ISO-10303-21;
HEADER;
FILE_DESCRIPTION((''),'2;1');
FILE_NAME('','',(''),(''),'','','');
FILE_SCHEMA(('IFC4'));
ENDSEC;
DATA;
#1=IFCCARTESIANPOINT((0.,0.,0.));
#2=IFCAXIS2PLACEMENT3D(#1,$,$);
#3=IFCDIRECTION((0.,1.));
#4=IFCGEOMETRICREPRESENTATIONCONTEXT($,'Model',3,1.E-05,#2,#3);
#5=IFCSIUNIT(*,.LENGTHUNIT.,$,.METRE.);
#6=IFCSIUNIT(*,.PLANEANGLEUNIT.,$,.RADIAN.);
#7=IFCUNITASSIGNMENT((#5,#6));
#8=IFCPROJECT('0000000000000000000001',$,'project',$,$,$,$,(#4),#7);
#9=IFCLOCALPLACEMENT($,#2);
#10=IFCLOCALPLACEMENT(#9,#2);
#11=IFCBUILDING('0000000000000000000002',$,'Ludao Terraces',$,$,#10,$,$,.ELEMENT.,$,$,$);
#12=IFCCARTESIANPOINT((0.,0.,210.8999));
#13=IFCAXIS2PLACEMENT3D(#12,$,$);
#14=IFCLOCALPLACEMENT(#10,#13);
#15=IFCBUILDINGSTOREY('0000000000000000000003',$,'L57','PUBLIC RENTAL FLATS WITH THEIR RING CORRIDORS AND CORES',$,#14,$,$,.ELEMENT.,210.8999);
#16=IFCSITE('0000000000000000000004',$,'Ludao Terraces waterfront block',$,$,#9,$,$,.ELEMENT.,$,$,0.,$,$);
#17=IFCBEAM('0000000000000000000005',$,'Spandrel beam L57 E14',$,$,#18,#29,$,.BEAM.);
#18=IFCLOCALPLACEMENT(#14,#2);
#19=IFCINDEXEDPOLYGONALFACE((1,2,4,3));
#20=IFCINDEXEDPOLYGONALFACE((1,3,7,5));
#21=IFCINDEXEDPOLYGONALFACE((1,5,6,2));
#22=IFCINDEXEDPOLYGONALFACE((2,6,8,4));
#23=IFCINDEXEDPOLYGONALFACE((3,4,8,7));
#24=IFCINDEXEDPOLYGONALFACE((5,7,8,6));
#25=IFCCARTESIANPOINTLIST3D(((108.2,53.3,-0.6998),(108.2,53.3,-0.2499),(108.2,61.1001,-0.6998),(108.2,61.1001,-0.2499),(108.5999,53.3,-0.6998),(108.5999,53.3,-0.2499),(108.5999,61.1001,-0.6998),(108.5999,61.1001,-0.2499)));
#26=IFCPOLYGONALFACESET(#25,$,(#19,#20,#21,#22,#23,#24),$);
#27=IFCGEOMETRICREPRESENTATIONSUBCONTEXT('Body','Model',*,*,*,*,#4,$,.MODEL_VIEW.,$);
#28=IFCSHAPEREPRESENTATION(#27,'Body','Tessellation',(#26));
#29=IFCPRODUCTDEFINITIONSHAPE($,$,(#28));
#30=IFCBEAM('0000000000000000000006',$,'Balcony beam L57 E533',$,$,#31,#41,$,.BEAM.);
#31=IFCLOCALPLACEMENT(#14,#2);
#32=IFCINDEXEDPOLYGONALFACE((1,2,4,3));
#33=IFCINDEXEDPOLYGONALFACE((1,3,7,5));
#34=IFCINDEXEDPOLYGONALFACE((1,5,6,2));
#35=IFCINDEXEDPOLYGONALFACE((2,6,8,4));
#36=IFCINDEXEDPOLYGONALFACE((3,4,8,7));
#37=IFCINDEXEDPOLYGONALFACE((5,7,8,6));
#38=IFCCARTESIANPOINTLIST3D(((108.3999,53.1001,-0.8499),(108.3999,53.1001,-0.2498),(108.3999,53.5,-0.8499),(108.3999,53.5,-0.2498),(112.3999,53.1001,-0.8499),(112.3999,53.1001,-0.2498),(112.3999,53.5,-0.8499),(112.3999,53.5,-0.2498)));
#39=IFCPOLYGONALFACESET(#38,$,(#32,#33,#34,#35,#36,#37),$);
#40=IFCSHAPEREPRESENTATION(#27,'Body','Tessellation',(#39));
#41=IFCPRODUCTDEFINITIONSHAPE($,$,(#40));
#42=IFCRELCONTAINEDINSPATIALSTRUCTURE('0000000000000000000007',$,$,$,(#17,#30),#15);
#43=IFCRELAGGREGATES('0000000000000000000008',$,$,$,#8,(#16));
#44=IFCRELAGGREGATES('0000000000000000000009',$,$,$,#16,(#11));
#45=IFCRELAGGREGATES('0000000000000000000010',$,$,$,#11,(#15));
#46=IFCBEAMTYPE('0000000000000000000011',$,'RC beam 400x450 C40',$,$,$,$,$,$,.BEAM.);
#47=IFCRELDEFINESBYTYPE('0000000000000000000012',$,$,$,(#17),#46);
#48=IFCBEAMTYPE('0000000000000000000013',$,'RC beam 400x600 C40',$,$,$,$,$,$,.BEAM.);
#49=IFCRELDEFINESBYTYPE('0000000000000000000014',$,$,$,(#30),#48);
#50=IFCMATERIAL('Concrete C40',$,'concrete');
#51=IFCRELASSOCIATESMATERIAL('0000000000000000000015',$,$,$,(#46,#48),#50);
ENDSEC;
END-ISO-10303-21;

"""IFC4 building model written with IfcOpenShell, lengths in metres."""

from ifc_helpers import new_model, si_unit, direction, frame, origin, origin_2d, place, context, subcontext, project, spatial, rectangle, extrude, material, material_profile, profile_set, type_object, element, save


model = new_model("IFC4")

# Units and contexts
model_context = context("Model", 3, precision=1e-05, world=origin(), true_north=direction((0.0, 1.0)))
body_context = subcontext(model_context, "Body", "Model", "MODEL_VIEW")
ifc_project = project(units=[si_unit("LENGTHUNIT", "METRE"), si_unit("PLANEANGLEUNIT", "RADIAN")], contexts=[model_context])

# Site, building, storey
site_placement = place(None, origin())
site = spatial("IfcSite", under=ifc_project, at=site_placement, Name="Ludao Terraces waterfront block", CompositionType="ELEMENT", RefElevation=0.0)
building_placement = place(site_placement, origin())
building = spatial("IfcBuilding", under=site, at=building_placement, Name="Ludao Terraces", CompositionType="ELEMENT")
storey_placement = place(building_placement, frame((0.0, 0.0, 210.8999)))
storey = spatial("IfcBuildingStorey", under=building, at=storey_placement, Name="L57", Description="PUBLIC RENTAL FLATS WITH THEIR RING CORRIDORS AND CORES", CompositionType="ELEMENT", Elevation=210.8999)

# Beams
ifc_material_1 = material(Name="Concrete C40", Category="concrete")
ifc_material_profile_1 = material_profile(ifc_material_1, rectangle(XDim=0.3999, YDim=0.45, at=origin_2d()), Name="400 X 450")
ifc_profile_set_1 = profile_set([ifc_material_profile_1], Name="Concrete C40")
beam_type_1 = type_object("IfcBeamType", Name="RC beam 400x450 C40", PredefinedType="BEAM", material=ifc_profile_set_1)
beam_1_placement = place(storey_placement, frame((108.3999, 53.3, -0.4749), z_axis=(0.0, 1.0, 0.0), x_axis=(-1.0, 0.0, 0.0)))
element("IfcBeam", 1, at=beam_1_placement, inside=storey, type_object=beam_type_1, Name="Spandrel beam L57 E14", PredefinedType="BEAM", context=body_context, shape_type="SweptSolid", body=[
    extrude(rectangle(XDim=0.3999, YDim=0.45, at=origin_2d()), origin(), (0.0, 0.0, 1.0), 7.8),
])
ifc_material_profile_2 = material_profile(ifc_material_1, rectangle(XDim=0.3999, YDim=0.6001, at=origin_2d()), Name="400 X 600")
ifc_profile_set_2 = profile_set([ifc_material_profile_2], Name="Concrete C40")
beam_type_2 = type_object("IfcBeamType", Name="RC beam 400x600 C40", PredefinedType="BEAM", material=ifc_profile_set_2)
beam_2_placement = place(storey_placement, frame((108.3999, 53.3, -0.5498), z_axis=(1.0, 0.0, 0.0), x_axis=(0.0, 1.0, 0.0)))
element("IfcBeam", 2, at=beam_2_placement, inside=storey, type_object=beam_type_2, Name="Balcony beam L57 E533", PredefinedType="BEAM", context=body_context, shape_type="SweptSolid", body=[
    extrude(rectangle(XDim=0.3999, YDim=0.6001, at=origin_2d()), origin(), (0.0, 0.0, 1.0), 4.0),
])

save(model, "model.ifc")
